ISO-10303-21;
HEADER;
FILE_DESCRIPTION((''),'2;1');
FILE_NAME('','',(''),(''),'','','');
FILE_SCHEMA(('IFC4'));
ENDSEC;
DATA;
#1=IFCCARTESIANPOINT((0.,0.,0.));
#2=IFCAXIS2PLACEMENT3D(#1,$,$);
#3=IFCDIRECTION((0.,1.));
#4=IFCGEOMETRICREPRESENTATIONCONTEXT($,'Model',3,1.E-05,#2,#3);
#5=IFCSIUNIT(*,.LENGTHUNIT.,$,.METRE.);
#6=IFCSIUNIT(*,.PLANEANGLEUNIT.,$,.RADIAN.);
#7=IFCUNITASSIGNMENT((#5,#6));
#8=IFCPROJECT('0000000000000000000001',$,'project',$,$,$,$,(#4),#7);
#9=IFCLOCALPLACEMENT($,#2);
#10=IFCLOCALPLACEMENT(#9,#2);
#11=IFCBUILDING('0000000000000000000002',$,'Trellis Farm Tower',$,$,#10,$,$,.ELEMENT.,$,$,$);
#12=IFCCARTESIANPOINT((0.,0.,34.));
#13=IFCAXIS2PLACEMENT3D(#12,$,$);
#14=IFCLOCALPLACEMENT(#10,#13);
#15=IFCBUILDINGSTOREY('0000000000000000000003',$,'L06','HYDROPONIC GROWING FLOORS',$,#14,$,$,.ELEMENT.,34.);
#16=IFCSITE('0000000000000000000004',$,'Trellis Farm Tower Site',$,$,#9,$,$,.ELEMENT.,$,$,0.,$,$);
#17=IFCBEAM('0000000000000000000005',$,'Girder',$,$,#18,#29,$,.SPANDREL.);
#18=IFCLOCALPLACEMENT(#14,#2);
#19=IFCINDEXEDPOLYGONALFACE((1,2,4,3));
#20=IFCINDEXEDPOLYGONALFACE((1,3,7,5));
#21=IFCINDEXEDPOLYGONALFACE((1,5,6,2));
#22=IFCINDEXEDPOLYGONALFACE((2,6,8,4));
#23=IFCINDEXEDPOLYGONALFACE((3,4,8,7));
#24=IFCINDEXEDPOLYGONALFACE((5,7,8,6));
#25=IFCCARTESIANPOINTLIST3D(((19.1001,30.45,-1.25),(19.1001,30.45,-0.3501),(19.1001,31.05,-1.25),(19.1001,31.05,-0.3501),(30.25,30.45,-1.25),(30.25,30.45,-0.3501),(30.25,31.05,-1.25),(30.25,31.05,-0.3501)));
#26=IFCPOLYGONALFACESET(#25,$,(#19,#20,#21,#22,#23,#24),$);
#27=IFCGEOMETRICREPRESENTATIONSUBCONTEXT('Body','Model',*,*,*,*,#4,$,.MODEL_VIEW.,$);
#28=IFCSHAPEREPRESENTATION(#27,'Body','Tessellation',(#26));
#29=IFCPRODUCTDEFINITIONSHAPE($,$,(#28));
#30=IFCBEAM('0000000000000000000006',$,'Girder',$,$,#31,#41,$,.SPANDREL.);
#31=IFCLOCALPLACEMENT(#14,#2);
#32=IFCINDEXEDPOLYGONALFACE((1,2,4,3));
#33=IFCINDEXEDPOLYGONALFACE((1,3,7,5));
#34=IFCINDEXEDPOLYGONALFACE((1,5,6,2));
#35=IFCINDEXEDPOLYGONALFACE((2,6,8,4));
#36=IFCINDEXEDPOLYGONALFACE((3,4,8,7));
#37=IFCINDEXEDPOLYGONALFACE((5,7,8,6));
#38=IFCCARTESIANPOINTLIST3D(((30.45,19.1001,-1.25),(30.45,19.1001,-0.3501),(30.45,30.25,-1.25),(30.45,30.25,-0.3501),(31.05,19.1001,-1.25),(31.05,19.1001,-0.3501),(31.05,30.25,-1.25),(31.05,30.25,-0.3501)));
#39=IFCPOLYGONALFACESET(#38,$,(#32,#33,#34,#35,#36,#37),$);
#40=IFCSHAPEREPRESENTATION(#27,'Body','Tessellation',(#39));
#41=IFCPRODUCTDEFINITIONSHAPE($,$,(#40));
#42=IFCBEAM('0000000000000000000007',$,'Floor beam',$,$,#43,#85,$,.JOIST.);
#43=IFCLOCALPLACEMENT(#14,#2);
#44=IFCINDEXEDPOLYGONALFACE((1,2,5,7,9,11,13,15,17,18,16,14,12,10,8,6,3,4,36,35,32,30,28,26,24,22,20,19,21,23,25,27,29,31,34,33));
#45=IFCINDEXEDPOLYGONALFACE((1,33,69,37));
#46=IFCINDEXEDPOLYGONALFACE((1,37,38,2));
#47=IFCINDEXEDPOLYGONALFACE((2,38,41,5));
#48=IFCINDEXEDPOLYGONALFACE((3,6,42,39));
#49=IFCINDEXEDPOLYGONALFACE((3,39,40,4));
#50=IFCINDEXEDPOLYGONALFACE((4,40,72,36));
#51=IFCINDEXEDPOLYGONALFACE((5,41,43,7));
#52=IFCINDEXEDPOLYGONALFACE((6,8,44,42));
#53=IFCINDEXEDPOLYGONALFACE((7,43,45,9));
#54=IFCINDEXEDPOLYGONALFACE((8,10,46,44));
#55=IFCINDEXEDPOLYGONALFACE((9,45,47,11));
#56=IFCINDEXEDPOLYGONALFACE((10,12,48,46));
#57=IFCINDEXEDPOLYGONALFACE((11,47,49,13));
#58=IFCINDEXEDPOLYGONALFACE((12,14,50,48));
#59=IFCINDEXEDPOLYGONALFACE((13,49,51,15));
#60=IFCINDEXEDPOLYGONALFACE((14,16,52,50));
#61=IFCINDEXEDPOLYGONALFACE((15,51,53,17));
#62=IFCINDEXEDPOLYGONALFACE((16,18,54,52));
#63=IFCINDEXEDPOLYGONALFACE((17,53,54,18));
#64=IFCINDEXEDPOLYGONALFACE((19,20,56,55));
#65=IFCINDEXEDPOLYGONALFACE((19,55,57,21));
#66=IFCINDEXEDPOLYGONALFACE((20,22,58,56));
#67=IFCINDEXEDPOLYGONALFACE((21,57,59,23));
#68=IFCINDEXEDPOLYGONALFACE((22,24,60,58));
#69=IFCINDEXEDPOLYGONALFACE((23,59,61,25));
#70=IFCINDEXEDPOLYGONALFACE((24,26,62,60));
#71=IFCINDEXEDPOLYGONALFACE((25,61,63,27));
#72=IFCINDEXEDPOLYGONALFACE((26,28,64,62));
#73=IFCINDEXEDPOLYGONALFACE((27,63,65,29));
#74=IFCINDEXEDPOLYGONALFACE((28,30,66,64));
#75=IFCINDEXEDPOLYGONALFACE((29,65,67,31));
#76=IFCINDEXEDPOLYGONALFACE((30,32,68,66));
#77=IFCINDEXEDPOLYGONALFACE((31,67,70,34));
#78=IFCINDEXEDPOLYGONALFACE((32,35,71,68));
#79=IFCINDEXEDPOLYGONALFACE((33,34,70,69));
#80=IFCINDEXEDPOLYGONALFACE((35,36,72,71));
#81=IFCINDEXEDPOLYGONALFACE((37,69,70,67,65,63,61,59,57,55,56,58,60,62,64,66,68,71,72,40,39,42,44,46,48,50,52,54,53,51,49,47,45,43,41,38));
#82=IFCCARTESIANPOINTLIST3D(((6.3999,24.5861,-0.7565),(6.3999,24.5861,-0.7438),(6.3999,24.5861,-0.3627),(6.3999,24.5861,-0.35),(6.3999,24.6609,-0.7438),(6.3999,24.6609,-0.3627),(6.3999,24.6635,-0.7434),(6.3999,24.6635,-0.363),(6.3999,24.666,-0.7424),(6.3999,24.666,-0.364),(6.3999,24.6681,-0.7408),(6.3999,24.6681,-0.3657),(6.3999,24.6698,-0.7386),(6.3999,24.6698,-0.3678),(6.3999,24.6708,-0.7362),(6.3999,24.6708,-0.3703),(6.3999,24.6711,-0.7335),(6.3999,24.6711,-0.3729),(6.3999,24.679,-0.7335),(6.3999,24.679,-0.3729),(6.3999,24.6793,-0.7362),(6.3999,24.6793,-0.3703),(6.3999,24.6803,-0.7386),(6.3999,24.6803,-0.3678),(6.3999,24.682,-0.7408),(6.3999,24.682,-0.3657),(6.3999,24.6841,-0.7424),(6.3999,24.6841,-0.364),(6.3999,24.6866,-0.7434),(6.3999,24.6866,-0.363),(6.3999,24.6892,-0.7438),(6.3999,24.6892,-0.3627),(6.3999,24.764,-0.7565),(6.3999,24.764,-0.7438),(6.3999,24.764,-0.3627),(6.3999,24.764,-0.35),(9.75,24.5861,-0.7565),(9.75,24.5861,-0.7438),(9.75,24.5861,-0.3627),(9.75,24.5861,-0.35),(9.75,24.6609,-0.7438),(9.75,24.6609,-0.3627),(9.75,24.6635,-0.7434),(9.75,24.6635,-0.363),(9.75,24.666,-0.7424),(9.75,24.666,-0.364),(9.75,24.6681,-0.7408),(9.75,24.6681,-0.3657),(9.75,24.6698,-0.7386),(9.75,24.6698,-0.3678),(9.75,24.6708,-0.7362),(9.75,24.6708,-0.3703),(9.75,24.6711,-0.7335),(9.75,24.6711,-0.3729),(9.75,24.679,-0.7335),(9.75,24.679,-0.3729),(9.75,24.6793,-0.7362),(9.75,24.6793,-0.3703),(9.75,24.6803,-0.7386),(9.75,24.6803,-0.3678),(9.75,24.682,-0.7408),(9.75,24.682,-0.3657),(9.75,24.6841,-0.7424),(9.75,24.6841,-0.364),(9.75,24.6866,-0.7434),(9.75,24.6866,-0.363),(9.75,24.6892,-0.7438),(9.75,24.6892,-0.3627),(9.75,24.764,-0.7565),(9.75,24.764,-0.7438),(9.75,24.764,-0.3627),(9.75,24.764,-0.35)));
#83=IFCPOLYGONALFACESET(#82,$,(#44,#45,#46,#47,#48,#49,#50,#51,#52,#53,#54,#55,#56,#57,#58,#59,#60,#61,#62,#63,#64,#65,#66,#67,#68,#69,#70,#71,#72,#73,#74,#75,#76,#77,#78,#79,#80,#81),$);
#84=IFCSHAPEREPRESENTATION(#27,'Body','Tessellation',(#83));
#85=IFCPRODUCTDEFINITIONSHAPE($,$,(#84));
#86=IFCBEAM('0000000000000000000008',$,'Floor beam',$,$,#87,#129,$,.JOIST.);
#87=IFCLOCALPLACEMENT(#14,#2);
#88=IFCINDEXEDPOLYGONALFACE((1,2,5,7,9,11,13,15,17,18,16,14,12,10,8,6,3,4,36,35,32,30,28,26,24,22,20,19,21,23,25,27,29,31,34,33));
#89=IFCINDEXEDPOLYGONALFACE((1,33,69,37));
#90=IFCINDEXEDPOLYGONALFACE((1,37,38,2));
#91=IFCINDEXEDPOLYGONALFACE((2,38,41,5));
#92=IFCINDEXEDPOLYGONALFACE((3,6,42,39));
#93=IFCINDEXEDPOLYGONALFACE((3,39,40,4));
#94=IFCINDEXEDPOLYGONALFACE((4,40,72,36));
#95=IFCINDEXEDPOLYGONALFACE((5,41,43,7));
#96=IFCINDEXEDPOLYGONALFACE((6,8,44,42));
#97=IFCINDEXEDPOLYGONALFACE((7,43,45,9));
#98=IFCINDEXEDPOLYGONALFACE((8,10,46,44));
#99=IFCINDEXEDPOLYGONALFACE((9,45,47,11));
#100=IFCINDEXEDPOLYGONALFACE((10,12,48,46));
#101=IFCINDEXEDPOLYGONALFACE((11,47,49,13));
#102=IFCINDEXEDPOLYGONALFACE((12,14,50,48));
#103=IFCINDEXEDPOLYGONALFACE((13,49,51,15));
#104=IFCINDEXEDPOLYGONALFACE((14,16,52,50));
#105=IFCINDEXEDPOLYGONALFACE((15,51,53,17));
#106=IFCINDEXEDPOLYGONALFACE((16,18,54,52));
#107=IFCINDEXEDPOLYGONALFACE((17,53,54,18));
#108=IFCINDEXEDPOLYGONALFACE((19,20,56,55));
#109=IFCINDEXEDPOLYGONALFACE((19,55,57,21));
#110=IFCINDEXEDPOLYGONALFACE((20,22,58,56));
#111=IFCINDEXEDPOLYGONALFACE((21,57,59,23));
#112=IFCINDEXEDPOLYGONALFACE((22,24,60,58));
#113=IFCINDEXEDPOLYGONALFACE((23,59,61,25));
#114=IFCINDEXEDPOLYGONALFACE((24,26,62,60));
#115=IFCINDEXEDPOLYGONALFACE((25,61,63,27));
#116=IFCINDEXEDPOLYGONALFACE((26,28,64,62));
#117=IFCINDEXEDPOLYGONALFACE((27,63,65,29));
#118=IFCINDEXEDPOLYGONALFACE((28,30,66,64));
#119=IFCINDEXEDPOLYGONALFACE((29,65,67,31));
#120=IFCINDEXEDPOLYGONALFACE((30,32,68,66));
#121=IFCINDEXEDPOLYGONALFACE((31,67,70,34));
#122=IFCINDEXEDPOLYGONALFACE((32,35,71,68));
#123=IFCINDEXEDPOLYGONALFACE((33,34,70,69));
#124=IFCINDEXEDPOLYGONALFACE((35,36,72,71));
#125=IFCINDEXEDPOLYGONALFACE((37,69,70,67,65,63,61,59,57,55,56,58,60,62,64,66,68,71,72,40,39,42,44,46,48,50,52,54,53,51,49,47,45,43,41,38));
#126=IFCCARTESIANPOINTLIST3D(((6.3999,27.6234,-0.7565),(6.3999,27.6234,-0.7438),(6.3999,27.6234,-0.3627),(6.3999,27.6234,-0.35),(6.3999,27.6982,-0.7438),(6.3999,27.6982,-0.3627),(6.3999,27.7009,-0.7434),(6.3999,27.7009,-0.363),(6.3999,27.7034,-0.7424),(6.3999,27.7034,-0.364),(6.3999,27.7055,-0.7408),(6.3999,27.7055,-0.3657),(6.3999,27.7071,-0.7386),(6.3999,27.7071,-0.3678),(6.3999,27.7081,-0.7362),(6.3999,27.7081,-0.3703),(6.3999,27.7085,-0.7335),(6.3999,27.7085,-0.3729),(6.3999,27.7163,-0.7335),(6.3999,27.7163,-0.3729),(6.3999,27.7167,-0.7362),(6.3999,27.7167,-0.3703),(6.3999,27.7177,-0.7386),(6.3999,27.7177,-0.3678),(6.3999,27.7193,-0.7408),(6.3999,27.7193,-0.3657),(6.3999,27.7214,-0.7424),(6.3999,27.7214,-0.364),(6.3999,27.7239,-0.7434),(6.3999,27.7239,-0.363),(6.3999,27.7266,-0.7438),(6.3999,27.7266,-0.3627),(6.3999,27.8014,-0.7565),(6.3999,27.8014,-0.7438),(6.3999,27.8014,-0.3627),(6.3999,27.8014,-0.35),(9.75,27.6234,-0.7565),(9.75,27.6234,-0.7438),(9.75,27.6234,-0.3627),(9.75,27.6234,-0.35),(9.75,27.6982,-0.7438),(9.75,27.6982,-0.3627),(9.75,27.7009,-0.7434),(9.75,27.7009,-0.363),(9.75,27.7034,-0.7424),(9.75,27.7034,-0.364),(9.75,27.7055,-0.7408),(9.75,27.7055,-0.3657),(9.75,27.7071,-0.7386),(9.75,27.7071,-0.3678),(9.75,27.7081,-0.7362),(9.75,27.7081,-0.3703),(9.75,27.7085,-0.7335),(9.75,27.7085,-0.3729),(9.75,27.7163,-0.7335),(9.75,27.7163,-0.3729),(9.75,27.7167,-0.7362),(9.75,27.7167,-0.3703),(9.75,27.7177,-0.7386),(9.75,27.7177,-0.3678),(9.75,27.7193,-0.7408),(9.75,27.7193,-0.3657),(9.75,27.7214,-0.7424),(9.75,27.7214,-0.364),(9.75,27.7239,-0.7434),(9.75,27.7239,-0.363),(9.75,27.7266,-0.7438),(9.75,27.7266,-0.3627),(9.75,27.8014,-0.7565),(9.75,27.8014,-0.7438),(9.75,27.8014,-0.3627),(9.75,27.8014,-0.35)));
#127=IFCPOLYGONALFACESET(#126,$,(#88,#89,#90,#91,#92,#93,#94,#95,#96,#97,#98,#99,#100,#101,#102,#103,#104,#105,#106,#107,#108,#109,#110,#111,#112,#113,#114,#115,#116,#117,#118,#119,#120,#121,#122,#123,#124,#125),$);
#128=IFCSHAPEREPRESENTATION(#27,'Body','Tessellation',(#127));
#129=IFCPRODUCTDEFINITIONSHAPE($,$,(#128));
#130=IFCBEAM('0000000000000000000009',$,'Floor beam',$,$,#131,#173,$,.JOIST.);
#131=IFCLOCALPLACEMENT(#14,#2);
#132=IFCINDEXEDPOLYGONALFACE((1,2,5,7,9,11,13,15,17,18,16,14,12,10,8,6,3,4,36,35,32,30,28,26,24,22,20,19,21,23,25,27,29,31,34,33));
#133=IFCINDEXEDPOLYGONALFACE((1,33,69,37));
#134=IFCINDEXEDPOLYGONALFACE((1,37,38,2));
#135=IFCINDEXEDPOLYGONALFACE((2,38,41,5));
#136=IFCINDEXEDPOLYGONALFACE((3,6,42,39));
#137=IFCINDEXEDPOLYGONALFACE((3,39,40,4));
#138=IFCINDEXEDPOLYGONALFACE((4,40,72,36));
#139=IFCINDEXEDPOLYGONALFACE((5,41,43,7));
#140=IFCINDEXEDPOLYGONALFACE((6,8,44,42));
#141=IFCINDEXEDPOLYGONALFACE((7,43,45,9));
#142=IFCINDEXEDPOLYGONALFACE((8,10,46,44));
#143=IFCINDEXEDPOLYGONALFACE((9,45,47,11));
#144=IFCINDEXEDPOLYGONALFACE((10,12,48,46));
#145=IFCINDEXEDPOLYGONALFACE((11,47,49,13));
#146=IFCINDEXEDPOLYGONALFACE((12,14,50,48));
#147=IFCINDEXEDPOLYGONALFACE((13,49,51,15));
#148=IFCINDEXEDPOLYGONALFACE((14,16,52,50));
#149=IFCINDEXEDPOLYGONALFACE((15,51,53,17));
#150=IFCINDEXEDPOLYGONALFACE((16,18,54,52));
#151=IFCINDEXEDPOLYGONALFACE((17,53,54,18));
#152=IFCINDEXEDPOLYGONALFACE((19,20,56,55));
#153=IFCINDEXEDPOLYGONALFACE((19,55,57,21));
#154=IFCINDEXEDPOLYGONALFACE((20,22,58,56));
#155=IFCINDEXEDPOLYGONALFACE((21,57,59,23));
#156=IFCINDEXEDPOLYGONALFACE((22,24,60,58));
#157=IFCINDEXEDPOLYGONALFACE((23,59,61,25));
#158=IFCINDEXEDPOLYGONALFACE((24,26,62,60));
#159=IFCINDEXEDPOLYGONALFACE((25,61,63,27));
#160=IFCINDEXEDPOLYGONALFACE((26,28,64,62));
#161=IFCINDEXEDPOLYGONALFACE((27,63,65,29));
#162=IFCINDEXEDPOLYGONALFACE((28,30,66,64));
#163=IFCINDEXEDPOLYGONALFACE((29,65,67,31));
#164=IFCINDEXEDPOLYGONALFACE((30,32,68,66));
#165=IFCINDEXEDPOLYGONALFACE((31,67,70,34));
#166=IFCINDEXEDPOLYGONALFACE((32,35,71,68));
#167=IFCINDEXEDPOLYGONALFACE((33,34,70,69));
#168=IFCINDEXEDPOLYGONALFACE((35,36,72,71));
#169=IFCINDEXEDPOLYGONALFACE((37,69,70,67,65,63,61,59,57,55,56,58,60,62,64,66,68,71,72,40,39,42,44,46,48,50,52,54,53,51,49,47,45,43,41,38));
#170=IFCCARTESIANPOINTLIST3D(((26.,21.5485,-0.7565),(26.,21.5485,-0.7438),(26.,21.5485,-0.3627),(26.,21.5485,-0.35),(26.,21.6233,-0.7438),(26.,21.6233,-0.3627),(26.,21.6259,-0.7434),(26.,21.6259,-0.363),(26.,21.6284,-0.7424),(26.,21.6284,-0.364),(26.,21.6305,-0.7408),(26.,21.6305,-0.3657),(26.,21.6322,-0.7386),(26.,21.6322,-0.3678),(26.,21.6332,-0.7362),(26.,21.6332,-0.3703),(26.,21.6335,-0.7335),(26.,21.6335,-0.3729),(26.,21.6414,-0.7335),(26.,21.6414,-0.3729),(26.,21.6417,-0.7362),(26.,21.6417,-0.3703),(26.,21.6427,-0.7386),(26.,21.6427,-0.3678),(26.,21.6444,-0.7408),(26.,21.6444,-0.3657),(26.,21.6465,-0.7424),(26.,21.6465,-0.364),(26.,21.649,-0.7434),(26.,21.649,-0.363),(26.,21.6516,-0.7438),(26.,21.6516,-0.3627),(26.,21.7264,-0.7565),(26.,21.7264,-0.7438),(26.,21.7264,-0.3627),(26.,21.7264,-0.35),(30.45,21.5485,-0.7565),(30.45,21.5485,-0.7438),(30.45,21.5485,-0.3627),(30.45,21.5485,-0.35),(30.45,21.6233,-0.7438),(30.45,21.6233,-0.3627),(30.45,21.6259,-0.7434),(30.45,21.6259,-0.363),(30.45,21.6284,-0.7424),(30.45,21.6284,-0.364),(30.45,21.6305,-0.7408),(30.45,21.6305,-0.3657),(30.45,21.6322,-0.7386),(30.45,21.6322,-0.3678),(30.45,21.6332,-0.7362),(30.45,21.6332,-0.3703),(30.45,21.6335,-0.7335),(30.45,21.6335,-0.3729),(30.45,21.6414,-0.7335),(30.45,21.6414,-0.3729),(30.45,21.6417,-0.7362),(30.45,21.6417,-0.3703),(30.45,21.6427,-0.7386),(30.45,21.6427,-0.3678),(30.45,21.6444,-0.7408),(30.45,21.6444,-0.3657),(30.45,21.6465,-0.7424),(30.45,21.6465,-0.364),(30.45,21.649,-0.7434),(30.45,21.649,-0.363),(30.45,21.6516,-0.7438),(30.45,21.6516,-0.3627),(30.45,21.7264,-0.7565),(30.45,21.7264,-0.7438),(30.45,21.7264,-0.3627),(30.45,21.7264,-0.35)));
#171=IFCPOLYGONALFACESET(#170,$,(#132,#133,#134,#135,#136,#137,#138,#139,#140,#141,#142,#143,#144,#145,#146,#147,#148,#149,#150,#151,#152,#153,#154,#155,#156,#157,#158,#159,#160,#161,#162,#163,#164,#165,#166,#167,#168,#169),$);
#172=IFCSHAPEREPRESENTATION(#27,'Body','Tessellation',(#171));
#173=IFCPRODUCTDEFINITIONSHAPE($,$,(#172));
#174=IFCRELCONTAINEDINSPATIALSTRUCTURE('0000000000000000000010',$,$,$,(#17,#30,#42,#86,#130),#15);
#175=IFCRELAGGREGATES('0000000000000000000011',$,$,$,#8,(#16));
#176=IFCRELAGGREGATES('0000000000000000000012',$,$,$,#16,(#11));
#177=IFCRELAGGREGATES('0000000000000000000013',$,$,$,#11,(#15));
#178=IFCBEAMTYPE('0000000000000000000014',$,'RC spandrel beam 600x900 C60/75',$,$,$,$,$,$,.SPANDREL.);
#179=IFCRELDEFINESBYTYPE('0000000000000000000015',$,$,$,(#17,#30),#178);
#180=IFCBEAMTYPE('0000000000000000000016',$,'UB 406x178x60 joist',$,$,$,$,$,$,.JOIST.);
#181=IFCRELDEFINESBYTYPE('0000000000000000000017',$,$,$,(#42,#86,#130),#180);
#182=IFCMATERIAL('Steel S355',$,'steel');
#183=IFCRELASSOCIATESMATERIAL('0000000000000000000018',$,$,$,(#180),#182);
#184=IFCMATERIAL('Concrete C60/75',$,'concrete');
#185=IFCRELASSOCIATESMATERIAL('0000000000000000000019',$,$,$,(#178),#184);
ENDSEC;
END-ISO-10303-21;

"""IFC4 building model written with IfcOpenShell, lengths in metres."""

from ifc_helpers import new_model, si_unit, direction, frame, origin, origin_2d, place, context, subcontext, project, spatial, rectangle, i_section, extrude, source, transform, mapped, material, material_profile, profile_set, type_object, element, save


model = new_model("IFC4")

# Units and contexts
model_context = context("Model", 3, precision=1e-05, world=origin(), true_north=direction((0.0, 1.0)))
body_context = subcontext(model_context, "Body", "Model", "MODEL_VIEW")
ifc_project = project(units=[si_unit("LENGTHUNIT", "METRE"), si_unit("PLANEANGLEUNIT", "RADIAN")], contexts=[model_context])

# Site, building, storey
site_placement = place(None, origin())
site = spatial("IfcSite", under=ifc_project, at=site_placement, Name="Trellis Farm Tower Site", CompositionType="ELEMENT", RefElevation=0.0)
building_placement = place(site_placement, origin())
building = spatial("IfcBuilding", under=site, at=building_placement, Name="Trellis Farm Tower", CompositionType="ELEMENT")
storey_placement = place(building_placement, frame((0.0, 0.0, 34.0)))
storey = spatial("IfcBuildingStorey", under=building, at=storey_placement, Name="L06", Description="HYDROPONIC GROWING FLOORS", CompositionType="ELEMENT", Elevation=34.0)

# Beams
ifc_material_1 = material(Name="Steel S355", Category="steel")
ifc_material_profile_1 = material_profile(ifc_material_1, i_section(OverallWidth=0.178, OverallDepth=0.4065, WebThickness=0.0078, FlangeThickness=0.0127, FilletRadius=0.0103, at=origin_2d()), Name="UB 406x178x60")
ifc_profile_set_1 = profile_set([ifc_material_profile_1], Name="Steel S355")
beam_type_1 = type_object("IfcBeamType", Name="UB 406x178x60 joist", PredefinedType="JOIST", material=ifc_profile_set_1)
ifc_material_2 = material(Name="Concrete C60/75", Category="concrete")
ifc_material_profile_2 = material_profile(ifc_material_2, rectangle(XDim=0.6001, YDim=0.8999, at=origin_2d()), Name="RC spandrel beam 600x900 C60/75")
ifc_profile_set_2 = profile_set([ifc_material_profile_2], Name="Concrete C60/75")
beam_type_2 = type_object("IfcBeamType", Name="RC spandrel beam 600x900 C60/75", PredefinedType="SPANDREL", material=ifc_profile_set_2)
shared_shape_1 = source(origin(), body_context, "Body", "SweptSolid", [
    extrude(rectangle(XDim=0.6001, YDim=0.8999, at=origin_2d()), origin(), (0.0, 0.0, 1.0), 11.1499),
])
for number, where, z_axis, x_axis, name in (
    (1, (19.1001, 30.75, -0.8), (1.0, 0.0, 0.0), (0.0, 1.0, 0.0), "Girder"),
    (2, (30.75, 19.1001, -0.8), (0.0, 1.0, 0.0), (-1.0, 0.0, 0.0), "Girder"),
):
    element("IfcBeam", number, at=place(storey_placement, frame(where, z_axis=z_axis, x_axis=x_axis)), inside=storey, type_object=beam_type_2, Name=name, PredefinedType="SPANDREL", context=body_context, shape_type="MappedRepresentation", body=[
        mapped(shared_shape_1, transform((0.0, 0.0, 0.0))),
    ])
shared_shape_2 = source(origin(), body_context, "Body", "SweptSolid", [
    extrude(i_section(OverallWidth=0.178, OverallDepth=0.4065, WebThickness=0.0078, FlangeThickness=0.0127, FilletRadius=0.0103, at=origin_2d()), origin(), (0.0, 0.0, 1.0), 3.3501),
])
for number, where, z_axis, x_axis, name in (
    (3, (6.3999, 24.675, -0.5532), (1.0, 0.0, 0.0), (0.0, 1.0, 0.0), "Floor beam"),
    (4, (6.3999, 27.7124, -0.5532), (1.0, 0.0, 0.0), (0.0, 1.0, 0.0), "Floor beam"),
):
    element("IfcBeam", number, at=place(storey_placement, frame(where, z_axis=z_axis, x_axis=x_axis)), inside=storey, type_object=beam_type_1, Name=name, PredefinedType="JOIST", context=body_context, shape_type="MappedRepresentation", body=[
        mapped(shared_shape_2, transform((0.0, 0.0, 0.0))),
    ])
shared_shape_3 = source(origin(), body_context, "Body", "SweptSolid", [
    extrude(i_section(OverallWidth=0.178, OverallDepth=0.4065, WebThickness=0.0078, FlangeThickness=0.0127, FilletRadius=0.0103, at=origin_2d()), origin(), (0.0, 0.0, 1.0), 4.45),
])
for number, where, z_axis, x_axis, name in (
    (5, (26.0, 21.6375, -0.5532), (1.0, 0.0, 0.0), (0.0, 1.0, 0.0), "Floor beam"),
):
    element("IfcBeam", number, at=place(storey_placement, frame(where, z_axis=z_axis, x_axis=x_axis)), inside=storey, type_object=beam_type_1, Name=name, PredefinedType="JOIST", context=body_context, shape_type="MappedRepresentation", body=[
        mapped(shared_shape_3, transform((0.0, 0.0, 0.0))),
    ])

save(model, "model.ifc")
